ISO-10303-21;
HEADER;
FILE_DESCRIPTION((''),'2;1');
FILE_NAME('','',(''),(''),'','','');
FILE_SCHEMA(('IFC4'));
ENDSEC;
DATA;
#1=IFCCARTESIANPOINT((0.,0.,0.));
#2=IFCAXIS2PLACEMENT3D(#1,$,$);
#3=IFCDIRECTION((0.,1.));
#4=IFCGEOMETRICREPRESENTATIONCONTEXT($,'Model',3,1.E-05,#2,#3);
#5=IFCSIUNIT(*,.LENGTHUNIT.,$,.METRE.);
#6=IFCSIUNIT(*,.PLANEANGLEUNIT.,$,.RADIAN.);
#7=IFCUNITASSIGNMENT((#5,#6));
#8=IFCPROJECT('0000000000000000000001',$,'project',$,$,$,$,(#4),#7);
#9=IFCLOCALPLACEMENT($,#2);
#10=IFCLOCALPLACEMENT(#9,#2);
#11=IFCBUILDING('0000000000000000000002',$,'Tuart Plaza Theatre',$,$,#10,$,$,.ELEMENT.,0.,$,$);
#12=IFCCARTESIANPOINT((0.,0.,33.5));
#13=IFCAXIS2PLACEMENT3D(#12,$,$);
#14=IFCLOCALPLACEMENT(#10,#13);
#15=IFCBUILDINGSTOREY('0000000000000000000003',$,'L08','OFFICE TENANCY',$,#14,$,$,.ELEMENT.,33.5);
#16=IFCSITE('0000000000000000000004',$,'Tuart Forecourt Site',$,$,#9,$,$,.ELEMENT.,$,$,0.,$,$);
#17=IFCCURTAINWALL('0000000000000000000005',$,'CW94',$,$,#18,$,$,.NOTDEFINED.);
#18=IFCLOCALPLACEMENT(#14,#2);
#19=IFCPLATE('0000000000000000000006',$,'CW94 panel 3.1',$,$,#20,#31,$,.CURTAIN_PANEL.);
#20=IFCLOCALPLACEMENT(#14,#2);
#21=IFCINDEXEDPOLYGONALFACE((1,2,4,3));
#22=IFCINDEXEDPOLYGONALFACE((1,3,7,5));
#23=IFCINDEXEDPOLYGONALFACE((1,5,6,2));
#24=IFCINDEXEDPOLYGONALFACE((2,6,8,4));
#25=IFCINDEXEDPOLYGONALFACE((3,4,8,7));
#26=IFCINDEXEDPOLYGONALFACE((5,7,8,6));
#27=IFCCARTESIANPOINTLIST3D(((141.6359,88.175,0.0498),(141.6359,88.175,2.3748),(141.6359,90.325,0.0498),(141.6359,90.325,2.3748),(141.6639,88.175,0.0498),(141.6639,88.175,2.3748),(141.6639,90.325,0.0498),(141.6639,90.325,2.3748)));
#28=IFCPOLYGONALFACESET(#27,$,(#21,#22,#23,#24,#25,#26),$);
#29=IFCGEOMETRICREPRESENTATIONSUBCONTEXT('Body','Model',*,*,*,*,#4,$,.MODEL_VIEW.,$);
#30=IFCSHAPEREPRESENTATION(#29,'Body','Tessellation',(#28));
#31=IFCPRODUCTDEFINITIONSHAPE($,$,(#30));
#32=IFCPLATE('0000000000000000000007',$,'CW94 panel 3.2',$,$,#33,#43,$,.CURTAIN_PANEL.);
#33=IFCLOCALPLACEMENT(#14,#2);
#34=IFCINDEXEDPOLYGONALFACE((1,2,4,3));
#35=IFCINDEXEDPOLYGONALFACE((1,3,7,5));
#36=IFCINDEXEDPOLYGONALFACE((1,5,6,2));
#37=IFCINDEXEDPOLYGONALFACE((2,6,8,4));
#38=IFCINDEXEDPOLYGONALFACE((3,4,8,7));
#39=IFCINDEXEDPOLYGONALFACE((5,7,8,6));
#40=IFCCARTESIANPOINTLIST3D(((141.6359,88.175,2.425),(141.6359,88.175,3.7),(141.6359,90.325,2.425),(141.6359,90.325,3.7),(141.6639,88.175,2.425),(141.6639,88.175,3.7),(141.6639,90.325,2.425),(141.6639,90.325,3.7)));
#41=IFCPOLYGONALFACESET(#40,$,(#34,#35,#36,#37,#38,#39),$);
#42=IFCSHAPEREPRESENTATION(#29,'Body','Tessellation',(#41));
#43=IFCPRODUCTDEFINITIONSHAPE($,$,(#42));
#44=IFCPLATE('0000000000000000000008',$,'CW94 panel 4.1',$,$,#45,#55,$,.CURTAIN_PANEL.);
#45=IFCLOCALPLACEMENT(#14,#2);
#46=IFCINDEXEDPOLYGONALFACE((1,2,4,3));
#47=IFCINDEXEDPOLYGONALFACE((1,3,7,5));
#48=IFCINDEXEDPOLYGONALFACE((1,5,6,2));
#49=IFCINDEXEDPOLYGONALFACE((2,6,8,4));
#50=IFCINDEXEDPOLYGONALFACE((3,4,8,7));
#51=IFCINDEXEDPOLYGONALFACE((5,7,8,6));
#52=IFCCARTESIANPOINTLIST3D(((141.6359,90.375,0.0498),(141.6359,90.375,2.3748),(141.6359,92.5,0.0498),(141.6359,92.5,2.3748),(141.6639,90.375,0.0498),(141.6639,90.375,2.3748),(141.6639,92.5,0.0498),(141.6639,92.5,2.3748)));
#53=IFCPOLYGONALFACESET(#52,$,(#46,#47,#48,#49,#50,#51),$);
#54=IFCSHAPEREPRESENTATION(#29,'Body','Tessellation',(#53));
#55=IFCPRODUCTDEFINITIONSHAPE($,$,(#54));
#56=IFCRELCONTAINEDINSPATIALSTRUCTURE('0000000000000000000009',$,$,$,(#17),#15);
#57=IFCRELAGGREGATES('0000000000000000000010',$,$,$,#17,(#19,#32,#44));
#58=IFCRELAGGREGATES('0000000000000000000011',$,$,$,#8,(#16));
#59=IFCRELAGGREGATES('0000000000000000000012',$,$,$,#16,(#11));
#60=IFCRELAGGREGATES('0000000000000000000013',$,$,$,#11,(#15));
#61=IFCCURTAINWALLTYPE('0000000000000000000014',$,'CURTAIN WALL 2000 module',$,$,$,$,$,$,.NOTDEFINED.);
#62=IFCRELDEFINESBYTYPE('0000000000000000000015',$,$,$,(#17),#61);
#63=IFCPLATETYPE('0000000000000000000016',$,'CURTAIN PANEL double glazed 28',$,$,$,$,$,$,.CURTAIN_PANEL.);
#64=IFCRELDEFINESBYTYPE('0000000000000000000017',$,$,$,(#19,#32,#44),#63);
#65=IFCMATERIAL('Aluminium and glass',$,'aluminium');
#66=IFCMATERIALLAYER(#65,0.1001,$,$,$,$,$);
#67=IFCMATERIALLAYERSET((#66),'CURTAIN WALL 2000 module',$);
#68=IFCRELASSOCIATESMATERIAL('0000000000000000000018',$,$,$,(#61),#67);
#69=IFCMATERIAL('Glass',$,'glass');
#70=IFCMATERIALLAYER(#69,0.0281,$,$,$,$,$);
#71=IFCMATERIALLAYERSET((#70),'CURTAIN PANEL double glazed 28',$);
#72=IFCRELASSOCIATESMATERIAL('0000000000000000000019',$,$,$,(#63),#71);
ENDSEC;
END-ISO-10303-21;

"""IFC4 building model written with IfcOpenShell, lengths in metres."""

from ifc_helpers import new_model, si_unit, direction, frame, origin, origin_2d, place, context, subcontext, project, spatial, rectangle, extrude, material, layer, layer_set, type_object, element, aggregate, save


model = new_model("IFC4")

# Units and contexts
model_context = context("Model", 3, precision=1e-05, world=origin(), true_north=direction((0.0, 1.0)))
body_context = subcontext(model_context, "Body", "Model", "MODEL_VIEW")
ifc_project = project(units=[si_unit("LENGTHUNIT", "METRE"), si_unit("PLANEANGLEUNIT", "RADIAN")], contexts=[model_context])

# Site, building, storey
site_placement = place(None, origin())
site = spatial("IfcSite", under=ifc_project, at=site_placement, Name="Tuart Forecourt Site", CompositionType="ELEMENT", RefElevation=0.0)
building_placement = place(site_placement, origin())
building = spatial("IfcBuilding", under=site, at=building_placement, Name="Tuart Plaza Theatre", CompositionType="ELEMENT", ElevationOfRefHeight=0.0)
storey_placement = place(building_placement, frame((0.0, 0.0, 33.5)))
storey = spatial("IfcBuildingStorey", under=building, at=storey_placement, Name="L08", Description="OFFICE TENANCY", CompositionType="ELEMENT", Elevation=33.5)

# Curtain wall, plates
ifc_material_1 = material(Name="Aluminium and glass", Category="aluminium")
ifc_layer_1 = layer(ifc_material_1, 0.1001)
ifc_layer_set_1 = layer_set([ifc_layer_1], Name="CURTAIN WALL 2000 module")
curtain_wall_type = type_object("IfcCurtainWallType", Name="CURTAIN WALL 2000 module", PredefinedType="NOTDEFINED", material=ifc_layer_set_1)
curtain_wall_placement = place(storey_placement, origin())
curtain_wall = element("IfcCurtainWall", 1, at=curtain_wall_placement, inside=storey, type_object=curtain_wall_type, Name="CW94", PredefinedType="NOTDEFINED")
ifc_material_2 = material(Name="Glass", Category="glass")
ifc_layer_2 = layer(ifc_material_2, 0.0281)
ifc_layer_set_2 = layer_set([ifc_layer_2], Name="CURTAIN PANEL double glazed 28")
plate_type = type_object("IfcPlateType", Name="CURTAIN PANEL double glazed 28", PredefinedType="CURTAIN_PANEL", material=ifc_layer_set_2)
plate_1_placement = place(storey_placement, frame((141.6499, 89.25, 0.0498), z_axis=(0.0, 0.0, 1.0), x_axis=(0.0, 1.0, 0.0)))
plate_1 = element("IfcPlate", 2, at=plate_1_placement, type_object=plate_type, Name="CW94 panel 3.1", PredefinedType="CURTAIN_PANEL", context=body_context, shape_type="SweptSolid", body=[
    extrude(rectangle(XDim=2.1499, YDim=0.0281, at=origin_2d()), origin(), (0.0, 0.0, 1.0), 2.325),
])
plate_2_placement = place(storey_placement, frame((141.6499, 89.25, 2.425), z_axis=(0.0, 0.0, 1.0), x_axis=(0.0, 1.0, 0.0)))
plate_2 = element("IfcPlate", 3, at=plate_2_placement, type_object=plate_type, Name="CW94 panel 3.2", PredefinedType="CURTAIN_PANEL", context=body_context, shape_type="SweptSolid", body=[
    extrude(rectangle(XDim=2.1499, YDim=0.0281, at=origin_2d()), origin(), (0.0, 0.0, 1.0), 1.2749),
])
plate_3_placement = place(storey_placement, frame((141.6499, 91.4375, 0.0498), z_axis=(0.0, 0.0, 1.0), x_axis=(0.0, 1.0, 0.0)))
plate_3 = element("IfcPlate", 4, at=plate_3_placement, type_object=plate_type, Name="CW94 panel 4.1", PredefinedType="CURTAIN_PANEL", context=body_context, shape_type="SweptSolid", body=[
    extrude(rectangle(XDim=2.125, YDim=0.0281, at=origin_2d()), origin(), (0.0, 0.0, 1.0), 2.325),
])
aggregate(curtain_wall, [plate_1, plate_2, plate_3])

save(model, "model.ifc")
